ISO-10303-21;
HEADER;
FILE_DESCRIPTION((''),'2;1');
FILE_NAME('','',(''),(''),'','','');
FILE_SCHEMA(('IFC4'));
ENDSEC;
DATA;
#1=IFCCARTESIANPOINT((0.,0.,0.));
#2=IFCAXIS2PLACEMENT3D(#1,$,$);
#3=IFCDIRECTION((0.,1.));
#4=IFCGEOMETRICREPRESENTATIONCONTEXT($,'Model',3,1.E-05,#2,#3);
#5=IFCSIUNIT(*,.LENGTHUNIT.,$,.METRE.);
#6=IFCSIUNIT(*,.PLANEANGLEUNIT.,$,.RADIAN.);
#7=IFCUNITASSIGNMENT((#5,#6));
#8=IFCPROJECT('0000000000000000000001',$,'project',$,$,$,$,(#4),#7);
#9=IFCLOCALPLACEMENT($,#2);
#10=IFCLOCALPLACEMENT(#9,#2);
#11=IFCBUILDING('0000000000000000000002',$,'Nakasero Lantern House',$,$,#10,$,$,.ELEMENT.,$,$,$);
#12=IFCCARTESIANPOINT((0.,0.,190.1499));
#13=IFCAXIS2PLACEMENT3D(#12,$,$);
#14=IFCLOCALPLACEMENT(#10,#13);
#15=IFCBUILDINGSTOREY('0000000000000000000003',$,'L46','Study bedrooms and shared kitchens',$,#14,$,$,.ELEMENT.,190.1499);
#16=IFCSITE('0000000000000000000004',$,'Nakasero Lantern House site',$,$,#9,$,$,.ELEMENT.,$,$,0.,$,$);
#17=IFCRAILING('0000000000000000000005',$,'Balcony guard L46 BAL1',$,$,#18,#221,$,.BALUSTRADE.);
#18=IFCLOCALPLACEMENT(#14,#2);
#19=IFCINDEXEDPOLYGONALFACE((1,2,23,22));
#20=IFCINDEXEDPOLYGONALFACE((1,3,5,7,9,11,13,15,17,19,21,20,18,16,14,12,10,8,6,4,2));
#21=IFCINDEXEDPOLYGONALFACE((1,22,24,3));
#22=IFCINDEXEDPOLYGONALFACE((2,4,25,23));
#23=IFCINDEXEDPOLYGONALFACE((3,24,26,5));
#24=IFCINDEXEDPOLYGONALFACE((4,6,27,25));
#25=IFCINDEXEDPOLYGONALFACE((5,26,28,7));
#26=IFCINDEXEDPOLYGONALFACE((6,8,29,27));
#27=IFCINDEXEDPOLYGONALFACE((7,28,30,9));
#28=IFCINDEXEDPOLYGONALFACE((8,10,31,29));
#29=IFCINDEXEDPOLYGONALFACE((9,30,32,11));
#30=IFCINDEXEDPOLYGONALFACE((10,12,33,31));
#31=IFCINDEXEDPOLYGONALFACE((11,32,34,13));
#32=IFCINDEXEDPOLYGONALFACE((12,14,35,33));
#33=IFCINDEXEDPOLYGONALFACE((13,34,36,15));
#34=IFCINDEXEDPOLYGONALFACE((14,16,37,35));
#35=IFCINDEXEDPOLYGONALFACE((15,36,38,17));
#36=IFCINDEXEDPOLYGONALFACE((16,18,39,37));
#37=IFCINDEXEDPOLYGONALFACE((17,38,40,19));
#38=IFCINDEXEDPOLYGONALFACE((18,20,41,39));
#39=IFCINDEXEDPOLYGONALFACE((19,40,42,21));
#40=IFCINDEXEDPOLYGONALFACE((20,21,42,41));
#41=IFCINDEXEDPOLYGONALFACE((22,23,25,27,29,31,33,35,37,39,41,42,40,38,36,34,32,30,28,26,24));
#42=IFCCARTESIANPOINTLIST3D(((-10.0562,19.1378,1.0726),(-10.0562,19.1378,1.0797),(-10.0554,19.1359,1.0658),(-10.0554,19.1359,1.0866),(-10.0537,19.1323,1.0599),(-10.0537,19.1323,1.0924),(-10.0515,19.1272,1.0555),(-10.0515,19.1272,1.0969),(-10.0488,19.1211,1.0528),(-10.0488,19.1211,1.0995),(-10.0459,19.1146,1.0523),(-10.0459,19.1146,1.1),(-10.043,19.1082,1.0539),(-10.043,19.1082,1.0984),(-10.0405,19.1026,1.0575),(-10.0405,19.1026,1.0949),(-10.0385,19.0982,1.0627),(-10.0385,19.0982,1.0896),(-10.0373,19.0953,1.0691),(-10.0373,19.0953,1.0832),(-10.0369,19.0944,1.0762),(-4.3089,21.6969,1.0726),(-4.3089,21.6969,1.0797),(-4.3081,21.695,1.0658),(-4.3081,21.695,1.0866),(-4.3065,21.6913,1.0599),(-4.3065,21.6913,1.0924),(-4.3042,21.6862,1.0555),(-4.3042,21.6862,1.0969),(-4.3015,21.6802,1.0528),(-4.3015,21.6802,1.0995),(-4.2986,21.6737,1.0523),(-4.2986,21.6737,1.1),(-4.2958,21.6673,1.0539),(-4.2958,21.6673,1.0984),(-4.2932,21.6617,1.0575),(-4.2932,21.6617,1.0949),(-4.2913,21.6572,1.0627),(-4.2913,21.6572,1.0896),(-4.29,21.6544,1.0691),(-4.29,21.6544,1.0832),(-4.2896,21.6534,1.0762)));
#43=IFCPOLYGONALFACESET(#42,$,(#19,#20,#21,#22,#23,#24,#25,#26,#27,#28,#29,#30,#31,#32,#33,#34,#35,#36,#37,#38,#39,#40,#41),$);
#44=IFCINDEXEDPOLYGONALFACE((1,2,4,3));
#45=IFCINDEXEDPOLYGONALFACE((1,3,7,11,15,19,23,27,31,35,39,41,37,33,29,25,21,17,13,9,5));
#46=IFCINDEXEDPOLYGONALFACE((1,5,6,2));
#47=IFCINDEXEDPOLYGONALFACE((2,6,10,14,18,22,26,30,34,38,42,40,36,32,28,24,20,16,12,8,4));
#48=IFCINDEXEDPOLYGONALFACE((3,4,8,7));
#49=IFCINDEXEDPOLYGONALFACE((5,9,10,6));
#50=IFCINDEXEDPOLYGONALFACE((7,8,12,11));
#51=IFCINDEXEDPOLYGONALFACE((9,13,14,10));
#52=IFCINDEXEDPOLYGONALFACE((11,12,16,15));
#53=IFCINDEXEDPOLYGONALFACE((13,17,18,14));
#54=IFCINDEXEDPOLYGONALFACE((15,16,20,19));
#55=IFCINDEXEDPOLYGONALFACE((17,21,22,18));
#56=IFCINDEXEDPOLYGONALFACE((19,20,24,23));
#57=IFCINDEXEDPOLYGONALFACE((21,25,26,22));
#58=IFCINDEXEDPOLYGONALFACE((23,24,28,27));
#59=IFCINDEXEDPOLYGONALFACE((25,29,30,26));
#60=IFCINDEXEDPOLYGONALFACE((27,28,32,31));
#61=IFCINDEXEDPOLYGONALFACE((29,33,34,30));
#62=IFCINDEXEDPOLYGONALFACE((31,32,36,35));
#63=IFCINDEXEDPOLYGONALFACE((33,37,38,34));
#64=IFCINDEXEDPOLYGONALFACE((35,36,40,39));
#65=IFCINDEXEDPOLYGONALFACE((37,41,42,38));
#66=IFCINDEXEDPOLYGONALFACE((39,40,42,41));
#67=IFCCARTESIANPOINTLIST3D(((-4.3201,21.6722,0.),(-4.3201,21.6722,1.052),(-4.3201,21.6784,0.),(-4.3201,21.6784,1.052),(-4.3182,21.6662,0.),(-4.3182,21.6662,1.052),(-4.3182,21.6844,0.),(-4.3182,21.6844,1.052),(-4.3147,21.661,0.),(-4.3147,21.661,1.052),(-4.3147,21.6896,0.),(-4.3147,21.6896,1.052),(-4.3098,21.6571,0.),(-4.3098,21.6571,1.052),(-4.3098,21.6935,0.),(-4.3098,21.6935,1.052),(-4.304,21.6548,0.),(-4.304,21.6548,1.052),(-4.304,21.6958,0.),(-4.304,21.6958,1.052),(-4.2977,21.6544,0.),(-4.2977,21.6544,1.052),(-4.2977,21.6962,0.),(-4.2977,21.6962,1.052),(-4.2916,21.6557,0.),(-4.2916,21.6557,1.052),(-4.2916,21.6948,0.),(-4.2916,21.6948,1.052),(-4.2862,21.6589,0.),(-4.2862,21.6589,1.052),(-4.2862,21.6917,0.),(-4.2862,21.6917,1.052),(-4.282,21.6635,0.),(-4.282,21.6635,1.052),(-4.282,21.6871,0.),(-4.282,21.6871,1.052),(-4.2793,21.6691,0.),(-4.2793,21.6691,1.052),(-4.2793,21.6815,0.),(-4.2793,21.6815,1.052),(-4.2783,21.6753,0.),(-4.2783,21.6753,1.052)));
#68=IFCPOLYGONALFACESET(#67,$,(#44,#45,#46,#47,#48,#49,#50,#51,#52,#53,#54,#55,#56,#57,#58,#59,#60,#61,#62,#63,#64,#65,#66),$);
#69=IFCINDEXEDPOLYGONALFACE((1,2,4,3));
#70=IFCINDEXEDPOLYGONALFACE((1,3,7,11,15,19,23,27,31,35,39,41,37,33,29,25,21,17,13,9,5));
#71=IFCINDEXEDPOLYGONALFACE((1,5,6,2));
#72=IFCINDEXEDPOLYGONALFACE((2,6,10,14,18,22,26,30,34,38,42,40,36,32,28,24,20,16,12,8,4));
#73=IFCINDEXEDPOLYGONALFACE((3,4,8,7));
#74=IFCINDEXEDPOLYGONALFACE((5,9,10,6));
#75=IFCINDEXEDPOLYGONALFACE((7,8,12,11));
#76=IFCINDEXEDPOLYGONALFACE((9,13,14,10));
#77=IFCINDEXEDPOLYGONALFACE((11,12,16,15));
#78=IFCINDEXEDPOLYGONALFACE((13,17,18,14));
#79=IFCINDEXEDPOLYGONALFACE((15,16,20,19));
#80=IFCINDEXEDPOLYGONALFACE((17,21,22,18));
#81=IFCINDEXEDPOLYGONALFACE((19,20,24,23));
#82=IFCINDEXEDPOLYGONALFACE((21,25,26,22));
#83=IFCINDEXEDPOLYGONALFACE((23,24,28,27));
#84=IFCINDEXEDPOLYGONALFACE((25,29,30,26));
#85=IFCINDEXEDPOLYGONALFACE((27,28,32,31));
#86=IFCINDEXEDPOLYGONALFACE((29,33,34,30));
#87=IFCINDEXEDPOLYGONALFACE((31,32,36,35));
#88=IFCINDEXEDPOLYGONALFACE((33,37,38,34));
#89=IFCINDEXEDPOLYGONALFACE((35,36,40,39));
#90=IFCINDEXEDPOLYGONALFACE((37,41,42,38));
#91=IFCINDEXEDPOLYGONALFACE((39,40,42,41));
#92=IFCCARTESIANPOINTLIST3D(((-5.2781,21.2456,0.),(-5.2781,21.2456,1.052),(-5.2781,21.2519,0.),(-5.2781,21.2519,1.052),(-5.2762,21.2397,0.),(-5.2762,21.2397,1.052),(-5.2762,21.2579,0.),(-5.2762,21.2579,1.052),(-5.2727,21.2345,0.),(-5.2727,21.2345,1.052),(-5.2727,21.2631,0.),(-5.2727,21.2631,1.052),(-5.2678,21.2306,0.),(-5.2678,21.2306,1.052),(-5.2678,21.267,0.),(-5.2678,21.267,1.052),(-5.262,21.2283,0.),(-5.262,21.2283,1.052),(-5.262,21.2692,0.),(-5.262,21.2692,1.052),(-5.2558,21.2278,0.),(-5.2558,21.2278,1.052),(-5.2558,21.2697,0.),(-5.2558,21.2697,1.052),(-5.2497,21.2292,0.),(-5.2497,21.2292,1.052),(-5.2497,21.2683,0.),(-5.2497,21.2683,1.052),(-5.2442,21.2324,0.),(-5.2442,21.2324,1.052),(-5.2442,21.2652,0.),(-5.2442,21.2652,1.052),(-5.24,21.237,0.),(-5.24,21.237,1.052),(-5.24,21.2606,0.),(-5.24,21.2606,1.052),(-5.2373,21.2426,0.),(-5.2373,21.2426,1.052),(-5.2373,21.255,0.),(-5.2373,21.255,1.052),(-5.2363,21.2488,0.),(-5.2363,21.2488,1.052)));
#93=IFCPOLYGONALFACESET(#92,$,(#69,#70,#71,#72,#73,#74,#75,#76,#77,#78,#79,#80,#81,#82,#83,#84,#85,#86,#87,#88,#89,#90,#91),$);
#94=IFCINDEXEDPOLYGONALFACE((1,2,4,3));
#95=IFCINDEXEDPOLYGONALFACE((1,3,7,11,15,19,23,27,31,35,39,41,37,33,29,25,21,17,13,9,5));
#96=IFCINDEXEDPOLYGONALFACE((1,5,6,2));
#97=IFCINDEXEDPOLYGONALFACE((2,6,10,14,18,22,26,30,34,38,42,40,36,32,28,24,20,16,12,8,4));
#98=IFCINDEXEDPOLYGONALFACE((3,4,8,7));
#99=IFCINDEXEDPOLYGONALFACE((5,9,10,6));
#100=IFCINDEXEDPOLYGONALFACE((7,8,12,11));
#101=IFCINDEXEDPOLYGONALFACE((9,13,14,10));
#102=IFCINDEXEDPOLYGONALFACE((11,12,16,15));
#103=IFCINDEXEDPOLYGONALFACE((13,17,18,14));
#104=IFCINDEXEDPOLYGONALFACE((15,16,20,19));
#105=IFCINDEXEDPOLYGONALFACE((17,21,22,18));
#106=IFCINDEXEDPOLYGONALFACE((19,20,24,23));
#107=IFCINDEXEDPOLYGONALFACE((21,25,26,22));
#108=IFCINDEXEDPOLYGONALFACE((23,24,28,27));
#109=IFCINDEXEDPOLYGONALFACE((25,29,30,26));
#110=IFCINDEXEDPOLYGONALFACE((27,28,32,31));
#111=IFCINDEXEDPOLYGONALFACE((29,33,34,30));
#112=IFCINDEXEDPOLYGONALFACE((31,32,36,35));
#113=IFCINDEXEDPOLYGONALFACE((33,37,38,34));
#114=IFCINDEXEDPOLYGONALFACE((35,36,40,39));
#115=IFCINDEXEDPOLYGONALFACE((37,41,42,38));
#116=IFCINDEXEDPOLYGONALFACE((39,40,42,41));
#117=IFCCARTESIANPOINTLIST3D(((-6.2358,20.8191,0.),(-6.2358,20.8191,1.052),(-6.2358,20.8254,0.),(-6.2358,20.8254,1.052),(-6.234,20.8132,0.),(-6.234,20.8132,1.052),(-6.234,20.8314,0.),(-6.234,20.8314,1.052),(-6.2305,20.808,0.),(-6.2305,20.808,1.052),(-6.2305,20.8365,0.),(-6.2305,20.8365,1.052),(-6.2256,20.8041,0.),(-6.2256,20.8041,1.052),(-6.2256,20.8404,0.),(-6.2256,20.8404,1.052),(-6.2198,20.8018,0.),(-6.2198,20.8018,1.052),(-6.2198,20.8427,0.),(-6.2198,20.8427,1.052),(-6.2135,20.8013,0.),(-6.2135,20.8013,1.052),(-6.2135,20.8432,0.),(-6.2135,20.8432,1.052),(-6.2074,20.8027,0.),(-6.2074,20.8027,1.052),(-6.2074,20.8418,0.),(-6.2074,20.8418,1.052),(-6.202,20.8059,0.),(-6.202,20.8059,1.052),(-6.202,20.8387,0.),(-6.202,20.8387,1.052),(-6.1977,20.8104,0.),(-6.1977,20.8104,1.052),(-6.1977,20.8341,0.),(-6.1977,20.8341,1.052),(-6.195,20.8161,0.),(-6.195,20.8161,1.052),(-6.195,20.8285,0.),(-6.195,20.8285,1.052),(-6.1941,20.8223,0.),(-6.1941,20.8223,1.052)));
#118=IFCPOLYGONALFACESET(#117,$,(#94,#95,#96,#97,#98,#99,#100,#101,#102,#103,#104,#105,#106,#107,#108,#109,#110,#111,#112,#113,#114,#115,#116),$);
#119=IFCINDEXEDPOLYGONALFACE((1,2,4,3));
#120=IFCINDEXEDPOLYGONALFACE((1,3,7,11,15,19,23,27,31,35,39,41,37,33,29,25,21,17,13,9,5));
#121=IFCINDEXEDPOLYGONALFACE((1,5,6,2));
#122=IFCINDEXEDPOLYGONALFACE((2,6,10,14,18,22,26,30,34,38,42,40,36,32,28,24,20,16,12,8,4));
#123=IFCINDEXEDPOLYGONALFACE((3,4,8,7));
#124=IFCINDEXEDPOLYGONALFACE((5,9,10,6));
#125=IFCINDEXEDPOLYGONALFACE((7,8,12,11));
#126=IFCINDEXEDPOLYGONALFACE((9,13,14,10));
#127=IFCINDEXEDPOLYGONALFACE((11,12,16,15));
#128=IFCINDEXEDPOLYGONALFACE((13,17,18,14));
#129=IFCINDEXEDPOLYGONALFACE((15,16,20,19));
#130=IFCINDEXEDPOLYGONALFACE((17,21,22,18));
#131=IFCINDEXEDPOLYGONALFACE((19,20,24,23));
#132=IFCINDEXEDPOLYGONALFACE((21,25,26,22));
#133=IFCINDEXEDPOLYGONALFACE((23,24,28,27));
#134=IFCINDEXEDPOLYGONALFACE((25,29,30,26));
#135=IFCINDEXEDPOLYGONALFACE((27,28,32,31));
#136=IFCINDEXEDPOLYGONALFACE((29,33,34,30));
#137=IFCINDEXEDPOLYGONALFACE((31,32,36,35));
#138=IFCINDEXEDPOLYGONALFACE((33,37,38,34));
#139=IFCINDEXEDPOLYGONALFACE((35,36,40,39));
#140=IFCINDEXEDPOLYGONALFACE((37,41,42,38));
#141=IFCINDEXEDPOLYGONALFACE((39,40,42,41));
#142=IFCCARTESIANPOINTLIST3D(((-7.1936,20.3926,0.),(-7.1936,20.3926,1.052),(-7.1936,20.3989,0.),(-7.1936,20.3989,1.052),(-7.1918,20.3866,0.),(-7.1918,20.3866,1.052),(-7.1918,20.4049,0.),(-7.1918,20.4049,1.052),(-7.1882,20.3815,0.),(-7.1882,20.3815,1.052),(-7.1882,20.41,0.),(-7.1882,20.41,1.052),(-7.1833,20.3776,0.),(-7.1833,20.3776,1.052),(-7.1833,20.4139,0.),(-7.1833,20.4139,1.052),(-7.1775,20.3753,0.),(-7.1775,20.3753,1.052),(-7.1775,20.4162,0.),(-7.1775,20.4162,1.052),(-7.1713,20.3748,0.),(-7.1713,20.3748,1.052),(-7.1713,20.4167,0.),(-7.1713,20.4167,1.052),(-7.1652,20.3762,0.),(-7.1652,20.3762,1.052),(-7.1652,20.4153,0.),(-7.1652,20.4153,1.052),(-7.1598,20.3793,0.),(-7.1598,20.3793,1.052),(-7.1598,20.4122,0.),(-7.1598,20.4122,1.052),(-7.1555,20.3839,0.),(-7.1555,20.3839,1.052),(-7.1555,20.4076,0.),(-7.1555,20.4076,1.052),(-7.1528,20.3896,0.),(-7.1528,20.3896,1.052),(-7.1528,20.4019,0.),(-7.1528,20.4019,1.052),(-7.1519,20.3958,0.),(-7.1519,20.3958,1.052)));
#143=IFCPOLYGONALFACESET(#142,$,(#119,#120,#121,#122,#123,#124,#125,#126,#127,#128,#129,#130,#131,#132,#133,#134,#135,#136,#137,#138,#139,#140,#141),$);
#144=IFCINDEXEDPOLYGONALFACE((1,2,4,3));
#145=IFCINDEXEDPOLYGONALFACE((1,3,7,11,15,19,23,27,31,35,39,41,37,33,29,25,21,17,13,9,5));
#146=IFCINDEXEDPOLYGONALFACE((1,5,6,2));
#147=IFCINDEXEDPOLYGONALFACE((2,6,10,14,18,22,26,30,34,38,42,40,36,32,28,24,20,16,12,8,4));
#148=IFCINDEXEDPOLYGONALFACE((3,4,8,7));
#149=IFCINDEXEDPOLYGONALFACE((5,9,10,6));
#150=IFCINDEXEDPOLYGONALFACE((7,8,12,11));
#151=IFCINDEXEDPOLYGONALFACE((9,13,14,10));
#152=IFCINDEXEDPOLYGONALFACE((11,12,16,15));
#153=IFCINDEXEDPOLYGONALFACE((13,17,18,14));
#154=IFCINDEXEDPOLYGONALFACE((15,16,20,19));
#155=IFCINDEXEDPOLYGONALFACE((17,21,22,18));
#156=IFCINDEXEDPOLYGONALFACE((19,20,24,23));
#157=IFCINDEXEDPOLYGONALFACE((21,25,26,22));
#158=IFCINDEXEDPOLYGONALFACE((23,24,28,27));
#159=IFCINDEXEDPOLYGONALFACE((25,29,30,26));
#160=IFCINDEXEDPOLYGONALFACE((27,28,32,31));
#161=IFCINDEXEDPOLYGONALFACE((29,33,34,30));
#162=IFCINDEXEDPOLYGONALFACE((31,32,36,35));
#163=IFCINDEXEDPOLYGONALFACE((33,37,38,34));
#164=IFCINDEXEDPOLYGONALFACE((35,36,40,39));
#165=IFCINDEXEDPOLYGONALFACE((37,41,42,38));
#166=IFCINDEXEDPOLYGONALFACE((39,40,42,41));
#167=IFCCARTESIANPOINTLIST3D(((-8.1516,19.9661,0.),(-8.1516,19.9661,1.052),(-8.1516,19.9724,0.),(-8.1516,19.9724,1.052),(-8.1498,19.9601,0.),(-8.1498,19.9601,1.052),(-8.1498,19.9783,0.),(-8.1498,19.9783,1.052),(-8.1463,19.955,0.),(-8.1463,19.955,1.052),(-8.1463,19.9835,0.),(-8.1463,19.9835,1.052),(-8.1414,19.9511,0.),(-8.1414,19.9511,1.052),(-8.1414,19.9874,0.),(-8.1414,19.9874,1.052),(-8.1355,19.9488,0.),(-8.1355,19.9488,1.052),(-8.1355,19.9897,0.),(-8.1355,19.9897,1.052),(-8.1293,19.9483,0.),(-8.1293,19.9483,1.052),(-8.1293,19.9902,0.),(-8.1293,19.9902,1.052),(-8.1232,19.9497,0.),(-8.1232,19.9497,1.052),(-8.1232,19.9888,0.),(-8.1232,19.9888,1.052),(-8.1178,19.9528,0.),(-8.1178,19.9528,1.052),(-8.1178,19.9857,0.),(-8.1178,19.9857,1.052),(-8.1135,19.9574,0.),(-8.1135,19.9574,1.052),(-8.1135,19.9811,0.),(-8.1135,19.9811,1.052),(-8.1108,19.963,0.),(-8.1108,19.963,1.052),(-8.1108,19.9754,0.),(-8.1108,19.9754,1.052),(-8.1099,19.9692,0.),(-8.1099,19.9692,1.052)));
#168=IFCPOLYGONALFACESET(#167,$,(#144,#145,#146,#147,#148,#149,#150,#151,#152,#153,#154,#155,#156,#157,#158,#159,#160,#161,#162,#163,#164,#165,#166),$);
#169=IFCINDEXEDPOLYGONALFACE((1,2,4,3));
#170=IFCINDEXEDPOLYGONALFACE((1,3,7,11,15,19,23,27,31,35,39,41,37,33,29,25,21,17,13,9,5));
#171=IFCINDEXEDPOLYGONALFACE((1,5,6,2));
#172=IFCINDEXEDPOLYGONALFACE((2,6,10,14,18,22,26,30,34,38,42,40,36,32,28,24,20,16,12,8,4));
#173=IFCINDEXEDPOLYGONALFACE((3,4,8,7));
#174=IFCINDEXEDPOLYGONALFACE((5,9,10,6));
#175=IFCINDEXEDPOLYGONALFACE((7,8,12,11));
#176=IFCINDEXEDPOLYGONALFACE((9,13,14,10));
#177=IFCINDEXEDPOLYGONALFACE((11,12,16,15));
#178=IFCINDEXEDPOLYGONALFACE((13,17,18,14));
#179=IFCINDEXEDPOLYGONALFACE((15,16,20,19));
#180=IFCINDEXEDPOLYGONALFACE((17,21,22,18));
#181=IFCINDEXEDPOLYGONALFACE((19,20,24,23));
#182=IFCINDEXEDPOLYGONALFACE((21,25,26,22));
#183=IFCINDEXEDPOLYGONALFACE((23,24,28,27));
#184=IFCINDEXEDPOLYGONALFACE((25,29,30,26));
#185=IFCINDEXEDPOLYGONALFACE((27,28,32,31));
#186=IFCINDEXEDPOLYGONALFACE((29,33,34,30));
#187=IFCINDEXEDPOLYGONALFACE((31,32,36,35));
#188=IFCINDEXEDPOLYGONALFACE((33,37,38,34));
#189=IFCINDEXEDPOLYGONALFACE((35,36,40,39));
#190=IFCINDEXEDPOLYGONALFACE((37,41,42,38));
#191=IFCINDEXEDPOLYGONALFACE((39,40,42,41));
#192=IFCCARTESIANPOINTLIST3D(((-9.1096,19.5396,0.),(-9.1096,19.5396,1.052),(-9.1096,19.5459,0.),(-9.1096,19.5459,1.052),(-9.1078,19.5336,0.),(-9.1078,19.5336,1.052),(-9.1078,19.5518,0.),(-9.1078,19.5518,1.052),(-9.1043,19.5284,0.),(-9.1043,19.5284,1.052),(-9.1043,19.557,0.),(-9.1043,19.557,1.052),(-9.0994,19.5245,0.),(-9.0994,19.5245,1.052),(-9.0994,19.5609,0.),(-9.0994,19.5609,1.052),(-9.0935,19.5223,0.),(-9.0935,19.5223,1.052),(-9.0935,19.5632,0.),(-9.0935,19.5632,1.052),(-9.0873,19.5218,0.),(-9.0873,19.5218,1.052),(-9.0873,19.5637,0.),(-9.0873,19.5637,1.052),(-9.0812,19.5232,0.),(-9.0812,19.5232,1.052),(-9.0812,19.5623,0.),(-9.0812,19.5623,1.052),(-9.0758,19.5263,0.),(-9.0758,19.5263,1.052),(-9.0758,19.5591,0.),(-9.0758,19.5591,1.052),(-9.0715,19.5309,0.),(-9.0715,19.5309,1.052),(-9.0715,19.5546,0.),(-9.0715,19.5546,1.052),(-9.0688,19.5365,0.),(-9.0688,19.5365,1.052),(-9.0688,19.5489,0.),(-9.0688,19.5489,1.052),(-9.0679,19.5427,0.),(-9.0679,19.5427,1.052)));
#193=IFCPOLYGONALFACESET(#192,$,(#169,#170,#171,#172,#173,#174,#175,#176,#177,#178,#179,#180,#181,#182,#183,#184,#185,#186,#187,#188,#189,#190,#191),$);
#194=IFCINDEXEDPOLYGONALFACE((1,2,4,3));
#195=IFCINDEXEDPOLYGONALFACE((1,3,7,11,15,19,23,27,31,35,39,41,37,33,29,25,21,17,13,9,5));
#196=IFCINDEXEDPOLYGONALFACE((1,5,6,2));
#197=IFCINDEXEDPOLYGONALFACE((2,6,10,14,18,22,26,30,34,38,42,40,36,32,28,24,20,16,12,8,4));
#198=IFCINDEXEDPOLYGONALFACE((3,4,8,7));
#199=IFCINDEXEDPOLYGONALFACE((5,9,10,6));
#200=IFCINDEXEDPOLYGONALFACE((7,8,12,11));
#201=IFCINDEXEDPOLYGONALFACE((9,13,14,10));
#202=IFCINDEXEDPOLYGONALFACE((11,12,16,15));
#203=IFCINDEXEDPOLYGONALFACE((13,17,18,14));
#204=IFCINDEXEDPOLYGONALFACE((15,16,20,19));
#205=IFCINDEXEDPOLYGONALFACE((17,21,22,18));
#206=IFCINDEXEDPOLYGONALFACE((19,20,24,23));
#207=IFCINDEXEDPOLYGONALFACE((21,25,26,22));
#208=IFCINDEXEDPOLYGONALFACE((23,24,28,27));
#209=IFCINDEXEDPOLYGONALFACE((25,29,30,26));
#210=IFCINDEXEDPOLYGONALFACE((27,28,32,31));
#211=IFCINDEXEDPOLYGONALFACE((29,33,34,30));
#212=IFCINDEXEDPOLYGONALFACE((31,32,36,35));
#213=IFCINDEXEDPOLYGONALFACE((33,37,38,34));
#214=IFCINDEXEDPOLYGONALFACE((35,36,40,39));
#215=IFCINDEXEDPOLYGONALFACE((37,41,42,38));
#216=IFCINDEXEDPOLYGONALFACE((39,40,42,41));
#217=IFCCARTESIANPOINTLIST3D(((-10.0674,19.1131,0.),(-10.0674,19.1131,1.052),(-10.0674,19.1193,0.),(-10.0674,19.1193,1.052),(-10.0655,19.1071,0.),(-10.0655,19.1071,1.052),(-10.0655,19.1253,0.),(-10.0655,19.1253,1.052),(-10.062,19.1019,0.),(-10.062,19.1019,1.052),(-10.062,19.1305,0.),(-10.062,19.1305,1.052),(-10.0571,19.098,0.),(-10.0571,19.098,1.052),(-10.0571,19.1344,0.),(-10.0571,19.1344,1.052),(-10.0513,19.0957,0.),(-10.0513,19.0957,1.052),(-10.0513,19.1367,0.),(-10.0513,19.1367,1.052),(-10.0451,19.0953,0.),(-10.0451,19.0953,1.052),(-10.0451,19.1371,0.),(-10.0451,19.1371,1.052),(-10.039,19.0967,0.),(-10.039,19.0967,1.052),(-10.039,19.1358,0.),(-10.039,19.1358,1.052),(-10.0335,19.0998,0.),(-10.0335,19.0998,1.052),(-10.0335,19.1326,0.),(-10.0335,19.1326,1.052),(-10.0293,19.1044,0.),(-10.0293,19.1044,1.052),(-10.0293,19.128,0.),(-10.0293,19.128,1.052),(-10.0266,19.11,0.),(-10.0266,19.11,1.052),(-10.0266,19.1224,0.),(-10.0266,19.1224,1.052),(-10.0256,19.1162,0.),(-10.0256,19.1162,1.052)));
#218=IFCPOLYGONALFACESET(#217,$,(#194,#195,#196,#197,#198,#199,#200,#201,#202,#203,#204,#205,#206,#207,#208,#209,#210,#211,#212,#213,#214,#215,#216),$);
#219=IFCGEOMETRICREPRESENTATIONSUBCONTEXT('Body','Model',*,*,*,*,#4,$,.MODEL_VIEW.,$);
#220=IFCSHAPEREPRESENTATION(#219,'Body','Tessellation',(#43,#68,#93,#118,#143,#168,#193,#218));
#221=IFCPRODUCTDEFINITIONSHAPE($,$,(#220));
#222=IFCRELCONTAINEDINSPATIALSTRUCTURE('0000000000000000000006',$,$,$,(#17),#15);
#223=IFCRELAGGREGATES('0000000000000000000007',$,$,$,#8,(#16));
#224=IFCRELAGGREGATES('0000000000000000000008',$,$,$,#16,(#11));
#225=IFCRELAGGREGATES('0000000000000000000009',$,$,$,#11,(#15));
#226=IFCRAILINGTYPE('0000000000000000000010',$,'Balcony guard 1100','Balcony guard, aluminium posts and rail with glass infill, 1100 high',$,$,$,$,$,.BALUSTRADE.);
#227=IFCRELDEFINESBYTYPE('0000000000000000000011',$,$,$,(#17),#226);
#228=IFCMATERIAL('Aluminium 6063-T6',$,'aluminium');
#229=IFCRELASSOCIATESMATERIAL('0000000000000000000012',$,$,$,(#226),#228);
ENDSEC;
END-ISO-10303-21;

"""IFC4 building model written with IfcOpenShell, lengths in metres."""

from ifc_helpers import new_model, si_unit, direction, frame, origin, origin_2d, place, context, subcontext, project, spatial, circle, extrude, material, type_object, element, save


model = new_model("IFC4")

# Units and contexts
model_context = context("Model", 3, precision=1e-05, world=origin(), true_north=direction((0.0, 1.0)))
body_context = subcontext(model_context, "Body", "Model", "MODEL_VIEW")
ifc_project = project(units=[si_unit("LENGTHUNIT", "METRE"), si_unit("PLANEANGLEUNIT", "RADIAN")], contexts=[model_context])

# Site, building, storey
site_placement = place(None, origin())
site = spatial("IfcSite", under=ifc_project, at=site_placement, Name="Nakasero Lantern House site", CompositionType="ELEMENT", RefElevation=0.0)
building_placement = place(site_placement, origin())
building = spatial("IfcBuilding", under=site, at=building_placement, Name="Nakasero Lantern House", CompositionType="ELEMENT")
storey_placement = place(building_placement, frame((0.0, 0.0, 190.1499)))
storey = spatial("IfcBuildingStorey", under=building, at=storey_placement, Name="L46", Description="Study bedrooms and shared kitchens", CompositionType="ELEMENT", Elevation=190.1499)

# Railing
ifc_material_1 = material(Name="Aluminium 6063-T6", Category="aluminium")
railing_type = type_object("IfcRailingType", Name="Balcony guard 1100", Description="Balcony guard, aluminium posts and rail with glass infill, 1100 high", PredefinedType="BALUSTRADE", material=ifc_material_1)
railing_placement = place(storey_placement, frame((-4.2993, 21.6753, 0.0)))
element("IfcRailing", 1, at=railing_placement, inside=storey, type_object=railing_type, Name="Balcony guard L46 BAL1", PredefinedType="BALUSTRADE", context=body_context, shape_type="SweptSolid", body=[
    extrude(circle(Radius=0.0239, at=origin_2d()), frame((0.0, 0.0, 1.0762), z_axis=(-0.913533, -0.406765, 0.0), x_axis=(0.406765, -0.913533, 0.0)), (0.0, 0.0, 1.0), 6.2913),
    extrude(circle(Radius=0.021, at=origin_2d()), origin(), (0.0, 0.0, 1.0), 1.052),
    extrude(circle(Radius=0.021, at=origin_2d()), frame((-0.958, -0.4265, 0.0)), (0.0, 0.0, 1.0), 1.052),
    extrude(circle(Radius=0.021, at=origin_2d()), frame((-1.9158, -0.853, 0.0)), (0.0, 0.0, 1.0), 1.052),
    extrude(circle(Radius=0.021, at=origin_2d()), frame((-2.8735, -1.2795, 0.0)), (0.0, 0.0, 1.0), 1.052),
    extrude(circle(Radius=0.021, at=origin_2d()), frame((-3.8315, -1.7061, 0.0)), (0.0, 0.0, 1.0), 1.052),
    extrude(circle(Radius=0.021, at=origin_2d()), frame((-4.7896, -2.1326, 0.0)), (0.0, 0.0, 1.0), 1.052),
    extrude(circle(Radius=0.021, at=origin_2d()), frame((-5.7473, -2.5591, 0.0)), (0.0, 0.0, 1.0), 1.052),
])

save(model, "model.ifc")
